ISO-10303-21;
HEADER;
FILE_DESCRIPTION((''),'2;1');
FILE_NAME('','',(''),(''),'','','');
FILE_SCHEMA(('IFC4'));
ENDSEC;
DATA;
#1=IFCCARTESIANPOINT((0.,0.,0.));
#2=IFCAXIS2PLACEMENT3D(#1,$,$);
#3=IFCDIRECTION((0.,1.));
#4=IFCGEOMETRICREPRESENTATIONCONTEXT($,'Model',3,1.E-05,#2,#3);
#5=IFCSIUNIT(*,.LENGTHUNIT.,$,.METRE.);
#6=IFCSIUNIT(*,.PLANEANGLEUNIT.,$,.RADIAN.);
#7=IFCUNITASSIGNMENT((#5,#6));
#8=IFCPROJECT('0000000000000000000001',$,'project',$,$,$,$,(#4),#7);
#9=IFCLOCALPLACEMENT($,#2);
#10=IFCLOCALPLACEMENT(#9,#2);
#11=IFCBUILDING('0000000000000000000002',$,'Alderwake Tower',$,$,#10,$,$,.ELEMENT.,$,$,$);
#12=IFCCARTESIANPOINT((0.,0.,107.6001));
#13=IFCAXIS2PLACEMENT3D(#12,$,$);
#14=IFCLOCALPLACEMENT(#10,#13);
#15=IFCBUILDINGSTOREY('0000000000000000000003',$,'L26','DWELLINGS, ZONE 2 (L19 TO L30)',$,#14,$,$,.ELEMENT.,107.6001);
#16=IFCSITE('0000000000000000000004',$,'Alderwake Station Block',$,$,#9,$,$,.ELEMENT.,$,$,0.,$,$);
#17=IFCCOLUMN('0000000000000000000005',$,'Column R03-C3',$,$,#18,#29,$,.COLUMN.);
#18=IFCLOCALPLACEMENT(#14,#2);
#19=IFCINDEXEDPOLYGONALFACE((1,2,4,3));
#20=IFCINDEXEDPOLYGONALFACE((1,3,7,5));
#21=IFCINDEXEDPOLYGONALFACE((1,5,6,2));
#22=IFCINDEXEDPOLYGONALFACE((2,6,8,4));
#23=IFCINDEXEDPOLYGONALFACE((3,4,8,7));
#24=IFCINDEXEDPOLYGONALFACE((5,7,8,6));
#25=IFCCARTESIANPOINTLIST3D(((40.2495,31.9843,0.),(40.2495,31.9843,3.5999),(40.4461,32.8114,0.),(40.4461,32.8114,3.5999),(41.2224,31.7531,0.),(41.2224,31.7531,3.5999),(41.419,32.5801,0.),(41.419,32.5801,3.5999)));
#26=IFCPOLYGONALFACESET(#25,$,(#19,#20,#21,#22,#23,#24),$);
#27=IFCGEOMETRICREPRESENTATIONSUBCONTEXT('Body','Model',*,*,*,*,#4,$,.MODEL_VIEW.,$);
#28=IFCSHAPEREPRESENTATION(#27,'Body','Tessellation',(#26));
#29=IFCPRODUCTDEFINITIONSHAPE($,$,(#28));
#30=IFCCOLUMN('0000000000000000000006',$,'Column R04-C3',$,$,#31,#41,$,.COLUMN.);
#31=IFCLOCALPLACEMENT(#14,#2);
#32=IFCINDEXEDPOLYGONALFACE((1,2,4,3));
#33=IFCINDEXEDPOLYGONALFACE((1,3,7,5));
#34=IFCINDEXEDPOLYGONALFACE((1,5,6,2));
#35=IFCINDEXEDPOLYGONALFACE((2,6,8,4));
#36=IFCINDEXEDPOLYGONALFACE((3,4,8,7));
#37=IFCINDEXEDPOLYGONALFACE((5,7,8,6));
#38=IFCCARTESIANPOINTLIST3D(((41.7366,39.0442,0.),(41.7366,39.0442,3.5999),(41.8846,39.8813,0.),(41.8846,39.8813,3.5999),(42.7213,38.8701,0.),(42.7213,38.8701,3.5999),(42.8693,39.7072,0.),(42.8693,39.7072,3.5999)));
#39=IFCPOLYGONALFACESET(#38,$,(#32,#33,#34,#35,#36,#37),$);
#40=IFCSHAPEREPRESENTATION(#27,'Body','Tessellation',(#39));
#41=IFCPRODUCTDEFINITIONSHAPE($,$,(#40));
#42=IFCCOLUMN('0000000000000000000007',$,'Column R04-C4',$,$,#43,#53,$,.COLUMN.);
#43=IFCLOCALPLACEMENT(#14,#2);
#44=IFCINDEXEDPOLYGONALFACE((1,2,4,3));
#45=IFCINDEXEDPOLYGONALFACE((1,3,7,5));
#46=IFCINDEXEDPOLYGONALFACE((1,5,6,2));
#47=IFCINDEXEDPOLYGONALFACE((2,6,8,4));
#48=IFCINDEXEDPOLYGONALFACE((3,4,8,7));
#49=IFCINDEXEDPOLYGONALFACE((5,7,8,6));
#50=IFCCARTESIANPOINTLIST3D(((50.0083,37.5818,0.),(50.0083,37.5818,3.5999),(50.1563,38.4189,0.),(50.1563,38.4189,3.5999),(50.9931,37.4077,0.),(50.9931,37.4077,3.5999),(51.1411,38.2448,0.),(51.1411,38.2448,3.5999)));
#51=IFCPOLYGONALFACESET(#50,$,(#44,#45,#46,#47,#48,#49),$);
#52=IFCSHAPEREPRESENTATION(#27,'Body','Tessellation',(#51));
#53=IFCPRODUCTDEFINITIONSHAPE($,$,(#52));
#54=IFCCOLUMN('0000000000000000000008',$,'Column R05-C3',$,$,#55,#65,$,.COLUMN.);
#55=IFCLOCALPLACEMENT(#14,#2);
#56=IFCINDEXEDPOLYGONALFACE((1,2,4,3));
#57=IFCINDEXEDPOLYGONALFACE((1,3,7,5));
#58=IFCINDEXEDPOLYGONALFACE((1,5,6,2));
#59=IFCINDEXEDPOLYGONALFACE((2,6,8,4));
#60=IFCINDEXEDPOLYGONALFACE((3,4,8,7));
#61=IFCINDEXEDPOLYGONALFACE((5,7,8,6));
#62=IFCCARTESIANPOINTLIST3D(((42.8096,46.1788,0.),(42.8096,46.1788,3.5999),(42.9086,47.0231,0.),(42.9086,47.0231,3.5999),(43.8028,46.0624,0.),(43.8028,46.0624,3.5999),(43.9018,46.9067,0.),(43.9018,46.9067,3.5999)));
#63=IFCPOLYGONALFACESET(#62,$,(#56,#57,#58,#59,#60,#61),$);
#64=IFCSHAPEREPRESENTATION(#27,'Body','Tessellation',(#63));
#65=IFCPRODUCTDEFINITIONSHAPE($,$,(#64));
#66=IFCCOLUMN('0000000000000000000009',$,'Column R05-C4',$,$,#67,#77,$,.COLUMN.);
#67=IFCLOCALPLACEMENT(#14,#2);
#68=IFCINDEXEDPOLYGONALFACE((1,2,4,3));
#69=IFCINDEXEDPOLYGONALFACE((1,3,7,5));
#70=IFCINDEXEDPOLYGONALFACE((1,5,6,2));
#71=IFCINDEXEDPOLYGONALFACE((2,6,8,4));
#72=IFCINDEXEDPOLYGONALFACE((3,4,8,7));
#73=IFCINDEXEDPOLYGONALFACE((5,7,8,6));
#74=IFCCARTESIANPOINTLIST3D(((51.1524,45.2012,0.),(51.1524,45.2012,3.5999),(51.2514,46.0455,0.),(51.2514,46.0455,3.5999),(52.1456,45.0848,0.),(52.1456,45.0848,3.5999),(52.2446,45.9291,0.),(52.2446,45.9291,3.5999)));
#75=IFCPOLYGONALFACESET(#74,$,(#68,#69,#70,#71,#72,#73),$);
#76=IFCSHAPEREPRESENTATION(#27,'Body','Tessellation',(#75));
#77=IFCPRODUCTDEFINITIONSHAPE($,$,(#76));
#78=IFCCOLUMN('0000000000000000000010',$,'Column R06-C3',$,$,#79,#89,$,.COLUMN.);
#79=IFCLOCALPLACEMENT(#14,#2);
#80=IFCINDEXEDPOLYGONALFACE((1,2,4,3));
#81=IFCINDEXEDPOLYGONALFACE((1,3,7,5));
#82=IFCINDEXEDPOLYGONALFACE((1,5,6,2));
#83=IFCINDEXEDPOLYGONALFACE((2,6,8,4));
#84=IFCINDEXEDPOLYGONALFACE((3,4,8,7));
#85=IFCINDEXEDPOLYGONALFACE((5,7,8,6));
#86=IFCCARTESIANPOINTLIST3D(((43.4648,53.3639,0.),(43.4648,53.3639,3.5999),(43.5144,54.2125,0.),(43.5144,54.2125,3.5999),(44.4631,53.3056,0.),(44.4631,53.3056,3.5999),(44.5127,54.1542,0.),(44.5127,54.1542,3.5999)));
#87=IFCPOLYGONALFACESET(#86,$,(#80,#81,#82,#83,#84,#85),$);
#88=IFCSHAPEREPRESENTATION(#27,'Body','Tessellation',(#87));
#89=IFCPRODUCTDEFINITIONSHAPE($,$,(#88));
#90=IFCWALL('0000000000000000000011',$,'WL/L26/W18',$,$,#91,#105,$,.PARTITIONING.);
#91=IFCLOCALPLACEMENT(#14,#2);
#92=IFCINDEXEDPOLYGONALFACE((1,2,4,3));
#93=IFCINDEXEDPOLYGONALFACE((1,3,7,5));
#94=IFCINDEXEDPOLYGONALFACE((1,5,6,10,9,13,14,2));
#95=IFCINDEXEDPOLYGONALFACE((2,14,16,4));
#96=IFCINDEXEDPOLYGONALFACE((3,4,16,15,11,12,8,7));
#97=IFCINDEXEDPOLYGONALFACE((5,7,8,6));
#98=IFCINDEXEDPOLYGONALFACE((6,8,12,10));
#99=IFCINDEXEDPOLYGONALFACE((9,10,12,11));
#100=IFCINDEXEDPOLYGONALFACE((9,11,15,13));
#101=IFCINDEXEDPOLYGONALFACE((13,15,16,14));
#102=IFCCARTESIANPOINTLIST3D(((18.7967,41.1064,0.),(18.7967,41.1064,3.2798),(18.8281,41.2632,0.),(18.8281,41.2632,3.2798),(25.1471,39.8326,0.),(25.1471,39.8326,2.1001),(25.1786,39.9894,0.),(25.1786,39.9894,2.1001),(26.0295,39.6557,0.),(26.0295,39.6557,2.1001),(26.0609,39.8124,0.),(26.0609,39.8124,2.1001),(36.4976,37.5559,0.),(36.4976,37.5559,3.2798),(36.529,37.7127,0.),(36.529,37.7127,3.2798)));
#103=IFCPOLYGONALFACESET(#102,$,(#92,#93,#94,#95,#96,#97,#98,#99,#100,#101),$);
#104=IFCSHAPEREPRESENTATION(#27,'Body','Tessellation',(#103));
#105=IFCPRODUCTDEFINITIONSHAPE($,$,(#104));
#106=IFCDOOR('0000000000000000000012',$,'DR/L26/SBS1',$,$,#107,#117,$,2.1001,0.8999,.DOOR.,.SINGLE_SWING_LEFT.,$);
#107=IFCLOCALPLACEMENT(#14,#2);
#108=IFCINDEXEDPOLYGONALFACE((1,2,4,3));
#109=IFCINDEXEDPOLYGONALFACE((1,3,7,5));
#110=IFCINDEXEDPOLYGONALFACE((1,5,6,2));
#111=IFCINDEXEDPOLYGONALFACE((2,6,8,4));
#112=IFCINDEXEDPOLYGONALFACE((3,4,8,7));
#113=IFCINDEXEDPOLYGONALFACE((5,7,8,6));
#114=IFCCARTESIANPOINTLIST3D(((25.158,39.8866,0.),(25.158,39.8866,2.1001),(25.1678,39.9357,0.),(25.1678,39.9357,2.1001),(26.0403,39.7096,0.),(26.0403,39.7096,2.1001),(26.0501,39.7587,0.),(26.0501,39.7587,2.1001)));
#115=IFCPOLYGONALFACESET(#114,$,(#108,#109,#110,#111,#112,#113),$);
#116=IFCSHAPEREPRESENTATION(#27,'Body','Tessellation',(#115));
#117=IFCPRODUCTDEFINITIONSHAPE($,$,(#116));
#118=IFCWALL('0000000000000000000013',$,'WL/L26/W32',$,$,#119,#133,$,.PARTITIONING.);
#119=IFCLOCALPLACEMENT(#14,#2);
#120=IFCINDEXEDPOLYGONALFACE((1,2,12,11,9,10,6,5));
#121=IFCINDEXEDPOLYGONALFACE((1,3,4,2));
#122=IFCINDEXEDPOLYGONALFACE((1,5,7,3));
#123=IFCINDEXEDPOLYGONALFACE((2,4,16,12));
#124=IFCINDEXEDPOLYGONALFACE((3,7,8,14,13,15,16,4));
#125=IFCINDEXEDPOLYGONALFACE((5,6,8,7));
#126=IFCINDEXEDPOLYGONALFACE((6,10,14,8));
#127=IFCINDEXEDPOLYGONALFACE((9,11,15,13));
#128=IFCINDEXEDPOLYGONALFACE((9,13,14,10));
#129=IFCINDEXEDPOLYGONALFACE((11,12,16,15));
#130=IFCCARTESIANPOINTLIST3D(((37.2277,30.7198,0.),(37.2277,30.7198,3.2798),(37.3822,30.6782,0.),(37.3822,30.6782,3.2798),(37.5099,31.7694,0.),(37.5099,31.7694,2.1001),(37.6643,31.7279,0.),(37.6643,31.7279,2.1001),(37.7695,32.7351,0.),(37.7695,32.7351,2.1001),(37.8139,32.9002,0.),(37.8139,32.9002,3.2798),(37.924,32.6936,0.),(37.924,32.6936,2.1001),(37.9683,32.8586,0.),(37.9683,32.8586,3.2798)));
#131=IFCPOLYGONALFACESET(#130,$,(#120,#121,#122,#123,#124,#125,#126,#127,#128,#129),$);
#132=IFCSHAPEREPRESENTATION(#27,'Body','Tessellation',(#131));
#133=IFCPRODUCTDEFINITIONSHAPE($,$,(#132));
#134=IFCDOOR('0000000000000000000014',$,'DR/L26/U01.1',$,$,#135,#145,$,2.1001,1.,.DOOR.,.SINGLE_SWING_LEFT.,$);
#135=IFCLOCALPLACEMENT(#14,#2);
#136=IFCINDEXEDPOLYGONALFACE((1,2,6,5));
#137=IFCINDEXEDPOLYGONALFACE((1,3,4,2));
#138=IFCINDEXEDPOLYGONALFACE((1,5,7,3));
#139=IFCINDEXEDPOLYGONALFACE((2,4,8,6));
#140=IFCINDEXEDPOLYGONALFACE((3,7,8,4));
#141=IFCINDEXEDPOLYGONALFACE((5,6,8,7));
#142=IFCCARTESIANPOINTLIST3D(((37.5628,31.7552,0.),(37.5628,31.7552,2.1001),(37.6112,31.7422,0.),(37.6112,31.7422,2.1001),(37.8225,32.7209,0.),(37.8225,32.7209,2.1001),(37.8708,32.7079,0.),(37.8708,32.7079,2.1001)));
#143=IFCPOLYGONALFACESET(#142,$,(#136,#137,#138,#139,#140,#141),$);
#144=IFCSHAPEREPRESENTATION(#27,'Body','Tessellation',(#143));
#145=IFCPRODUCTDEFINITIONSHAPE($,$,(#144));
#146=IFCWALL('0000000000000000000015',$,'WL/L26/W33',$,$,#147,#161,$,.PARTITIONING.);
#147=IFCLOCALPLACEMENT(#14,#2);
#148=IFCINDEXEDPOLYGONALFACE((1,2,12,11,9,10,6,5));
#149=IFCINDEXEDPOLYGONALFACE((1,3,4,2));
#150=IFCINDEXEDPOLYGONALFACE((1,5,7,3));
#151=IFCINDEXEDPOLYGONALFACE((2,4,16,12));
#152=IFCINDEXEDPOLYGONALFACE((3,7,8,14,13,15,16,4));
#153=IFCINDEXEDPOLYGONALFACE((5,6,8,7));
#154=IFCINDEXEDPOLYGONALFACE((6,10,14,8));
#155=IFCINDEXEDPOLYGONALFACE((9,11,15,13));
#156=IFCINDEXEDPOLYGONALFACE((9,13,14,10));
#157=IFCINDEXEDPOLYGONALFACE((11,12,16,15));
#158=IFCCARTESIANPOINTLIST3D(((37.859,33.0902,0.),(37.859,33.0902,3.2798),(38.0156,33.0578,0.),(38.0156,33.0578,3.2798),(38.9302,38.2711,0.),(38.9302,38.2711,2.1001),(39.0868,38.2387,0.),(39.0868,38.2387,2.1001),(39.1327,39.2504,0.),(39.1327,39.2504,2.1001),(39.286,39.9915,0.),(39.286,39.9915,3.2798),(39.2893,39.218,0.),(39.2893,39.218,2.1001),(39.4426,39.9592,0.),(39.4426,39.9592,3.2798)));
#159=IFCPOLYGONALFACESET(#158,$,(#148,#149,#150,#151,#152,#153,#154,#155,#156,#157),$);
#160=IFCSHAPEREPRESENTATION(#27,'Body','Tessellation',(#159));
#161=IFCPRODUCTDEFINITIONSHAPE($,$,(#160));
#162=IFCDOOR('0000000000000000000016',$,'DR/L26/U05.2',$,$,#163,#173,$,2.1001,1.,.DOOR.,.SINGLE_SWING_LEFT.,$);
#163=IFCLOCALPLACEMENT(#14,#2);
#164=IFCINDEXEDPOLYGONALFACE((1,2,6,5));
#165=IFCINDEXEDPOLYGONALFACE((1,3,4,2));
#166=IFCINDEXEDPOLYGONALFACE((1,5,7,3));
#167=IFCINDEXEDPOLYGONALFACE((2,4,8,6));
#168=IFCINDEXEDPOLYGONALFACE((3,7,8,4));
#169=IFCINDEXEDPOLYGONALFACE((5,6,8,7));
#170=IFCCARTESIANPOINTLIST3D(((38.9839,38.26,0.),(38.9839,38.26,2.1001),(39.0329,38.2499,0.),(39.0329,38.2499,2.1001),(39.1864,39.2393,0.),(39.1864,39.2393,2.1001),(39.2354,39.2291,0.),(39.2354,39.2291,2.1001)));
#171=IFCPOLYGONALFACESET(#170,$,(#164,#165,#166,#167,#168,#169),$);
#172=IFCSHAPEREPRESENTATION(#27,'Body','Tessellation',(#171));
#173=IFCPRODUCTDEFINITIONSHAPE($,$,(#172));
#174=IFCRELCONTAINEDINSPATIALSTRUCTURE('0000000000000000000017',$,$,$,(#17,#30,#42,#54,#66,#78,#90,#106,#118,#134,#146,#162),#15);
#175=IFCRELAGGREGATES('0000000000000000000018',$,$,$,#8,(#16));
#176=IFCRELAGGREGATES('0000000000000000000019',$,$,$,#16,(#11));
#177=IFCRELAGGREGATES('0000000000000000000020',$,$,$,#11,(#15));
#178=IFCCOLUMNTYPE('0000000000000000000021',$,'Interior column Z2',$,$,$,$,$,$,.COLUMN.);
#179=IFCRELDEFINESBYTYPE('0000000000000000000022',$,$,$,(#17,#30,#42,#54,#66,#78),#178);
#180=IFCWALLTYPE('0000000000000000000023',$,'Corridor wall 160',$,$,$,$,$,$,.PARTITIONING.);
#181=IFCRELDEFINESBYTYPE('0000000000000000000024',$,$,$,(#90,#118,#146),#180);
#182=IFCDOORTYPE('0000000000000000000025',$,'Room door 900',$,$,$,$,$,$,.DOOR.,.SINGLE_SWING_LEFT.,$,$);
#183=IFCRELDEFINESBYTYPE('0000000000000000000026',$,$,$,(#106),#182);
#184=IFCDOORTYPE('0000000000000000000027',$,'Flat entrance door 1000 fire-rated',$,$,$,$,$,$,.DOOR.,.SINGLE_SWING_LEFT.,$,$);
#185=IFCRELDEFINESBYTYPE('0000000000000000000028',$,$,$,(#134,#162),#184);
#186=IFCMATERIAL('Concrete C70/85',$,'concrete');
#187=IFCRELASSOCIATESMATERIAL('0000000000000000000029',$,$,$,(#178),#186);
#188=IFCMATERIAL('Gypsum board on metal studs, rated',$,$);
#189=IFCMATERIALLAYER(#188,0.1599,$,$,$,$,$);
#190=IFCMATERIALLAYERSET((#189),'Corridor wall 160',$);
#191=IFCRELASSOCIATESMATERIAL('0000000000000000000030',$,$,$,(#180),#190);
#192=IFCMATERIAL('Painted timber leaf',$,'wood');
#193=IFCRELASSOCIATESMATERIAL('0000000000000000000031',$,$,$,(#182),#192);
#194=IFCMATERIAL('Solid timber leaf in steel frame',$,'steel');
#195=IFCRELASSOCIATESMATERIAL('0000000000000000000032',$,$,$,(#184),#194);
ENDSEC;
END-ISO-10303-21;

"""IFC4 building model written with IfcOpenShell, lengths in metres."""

from ifc_helpers import new_model, si_unit, direction, frame, frame_2d, origin, origin_2d, place, context, subcontext, project, spatial, rectangle, extrude, material, layer, layer_set, material_profile, profile_set, type_object, element, fill, save


model = new_model("IFC4")

# Units and contexts
model_context = context("Model", 3, precision=1e-05, world=origin(), true_north=direction((0.0, 1.0)))
body_context = subcontext(model_context, "Body", "Model", "MODEL_VIEW")
ifc_project = project(units=[si_unit("LENGTHUNIT", "METRE"), si_unit("PLANEANGLEUNIT", "RADIAN")], contexts=[model_context])

# Site, building, storey
site_placement = place(None, origin())
site = spatial("IfcSite", under=ifc_project, at=site_placement, Name="Alderwake Station Block", CompositionType="ELEMENT", RefElevation=0.0)
building_placement = place(site_placement, origin())
building = spatial("IfcBuilding", under=site, at=building_placement, Name="Alderwake Tower", CompositionType="ELEMENT")
storey_placement = place(building_placement, frame((0.0, 0.0, 107.6001)))
storey = spatial("IfcBuildingStorey", under=building, at=storey_placement, Name="L26", Description="DWELLINGS, ZONE 2 (L19 TO L30)", CompositionType="ELEMENT", Elevation=107.6001)

# Columns
ifc_material_1 = material(Name="Concrete C70/85", Category="concrete")
ifc_material_profile = material_profile(ifc_material_1, rectangle(XDim=0.8501, YDim=1.0, at=origin_2d()), Name="RC 1000X850")
ifc_profile_set = profile_set([ifc_material_profile], Name="Concrete C70/85")
column_type = type_object("IfcColumnType", Name="Interior column Z2", PredefinedType="COLUMN", material=ifc_profile_set)
for number, where, z_axis, x_axis, name in (
    (1, (40.8342, 32.2822, 0.0), (0.0, 0.0, 1.0), (0.231222, 0.972901, 0.0), "Column R03-C3"),
    (2, (42.303, 39.3757, 0.0), (0.0, 0.0, 1.0), (0.174109, 0.984726, 0.0), "Column R04-C3"),
    (3, (50.5747, 37.9133, 0.0), (0.0, 0.0, 1.0), (0.174107, 0.984727, 0.0), "Column R04-C4"),
    (4, (43.3557, 46.5427, 0.0), (0.0, 0.0, 1.0), (0.116402, 0.993202, 0.0), "Column R05-C3"),
    (5, (51.6985, 45.5652, 0.0), (0.0, 0.0, 1.0), (0.116402, 0.993202, 0.0), "Column R05-C4"),
    (6, (43.9888, 53.759, 0.0), (0.0, 0.0, 1.0), (0.058301, 0.998299, 0.0), "Column R06-C3"),
):
    element("IfcColumn", number, at=place(storey_placement, frame(where, z_axis=z_axis, x_axis=x_axis)), inside=storey, type_object=column_type, Name=name, PredefinedType="COLUMN", context=body_context, shape_type="SweptSolid", body=[
        extrude(rectangle(XDim=0.8501, YDim=1.0, at=origin_2d()), origin(), (0.0, 0.0, 1.0), 3.5999),
    ])

# Walls, openings, doors
ifc_material_2 = material(Name="Gypsum board on metal studs, rated")
ifc_layer_1 = layer(ifc_material_2, 0.1599)
ifc_layer_set_1 = layer_set([ifc_layer_1], Name="Corridor wall 160")
wall_type_1 = type_object("IfcWallType", Name="Corridor wall 160", PredefinedType="PARTITIONING", material=ifc_layer_set_1)
wall_1_placement = place(storey_placement, frame((36.5134, 37.6343, 0.0), z_axis=(0.0, 0.0, 1.0), x_axis=(-0.98047, 0.196667, 0.0)))
wall_1 = element("IfcWall", 7, at=wall_1_placement, inside=storey, type_object=wall_type_1, Name="WL/L26/W18", PredefinedType="PARTITIONING", context=body_context, shape_type="SweptSolid", body=[
    extrude(rectangle(XDim=18.0535, YDim=0.1599, at=frame_2d((9.0269, 0.0))), origin(), (0.0, 0.0, 1.0), 3.2798),
])
opening_1_placement = place(wall_1_placement, frame((10.6768, 0.0, 0.0)))
opening_1 = element("IfcOpeningElement", 8, at=opening_1_placement, cuts=wall_1, PredefinedType="OPENING", context=body_context, shape_type="SweptSolid", body=[
    extrude(rectangle(XDim=0.8999, YDim=2.1001, at=frame_2d((0.45, 1.05))), frame((0.0, 0.0898, 0.0), z_axis=(0.0, -1.0, 0.0), x_axis=(1.0, 0.0, 0.0)), (0.0, 0.0, 1.0), 0.1799),
])
ifc_material_3 = material(Name="Painted timber leaf", Category="wood")
door_type_1 = type_object("IfcDoorType", Name="Room door 900", OperationType="SINGLE_SWING_LEFT", PredefinedType="DOOR", material=ifc_material_3)
door_1_placement = place(opening_1_placement, origin())
door_1 = element("IfcDoor", 9, at=door_1_placement, inside=storey, type_object=door_type_1, Name="DR/L26/SBS1", OperationType="SINGLE_SWING_LEFT", OverallHeight=2.1001, OverallWidth=0.8999, PredefinedType="DOOR", context=body_context, shape_type="SweptSolid", body=[
    extrude(rectangle(XDim=0.8999, YDim=2.1001, at=frame_2d((0.45, 1.05))), frame((0.0, 0.0249, 0.0), z_axis=(0.0, -1.0, 0.0), x_axis=(1.0, 0.0, 0.0)), (0.0, 0.0, 1.0), 0.05),
])
fill(opening_1, door_1)
wall_2_placement = place(storey_placement, frame((37.8911, 32.8794, 0.0), z_axis=(0.0, 0.0, 1.0), x_axis=(-0.259621, -0.965711, 0.0)))
wall_2 = element("IfcWall", 10, at=wall_2_placement, inside=storey, type_object=wall_type_1, Name="WL/L26/W32", PredefinedType="PARTITIONING", context=body_context, shape_type="SweptSolid", body=[
    extrude(rectangle(XDim=2.2578, YDim=0.1599, at=frame_2d((1.1289, 0.0))), origin(), (0.0, 0.0, 1.0), 3.2798),
])
opening_2_placement = place(wall_2_placement, frame((0.1709, 0.0, 0.0)))
opening_2 = element("IfcOpeningElement", 11, at=opening_2_placement, cuts=wall_2, PredefinedType="OPENING", context=body_context, shape_type="SweptSolid", body=[
    extrude(rectangle(XDim=1.0, YDim=2.1001, at=frame_2d((0.5, 1.05))), frame((0.0, 0.0898, 0.0), z_axis=(0.0, -1.0, 0.0), x_axis=(1.0, 0.0, 0.0)), (0.0, 0.0, 1.0), 0.1799),
])
ifc_material_4 = material(Name="Solid timber leaf in steel frame", Category="steel")
door_type_2 = type_object("IfcDoorType", Name="Flat entrance door 1000 fire-rated", OperationType="SINGLE_SWING_LEFT", PredefinedType="DOOR", material=ifc_material_4)
door_2_placement = place(opening_2_placement, origin())
door_2 = element("IfcDoor", 12, at=door_2_placement, inside=storey, type_object=door_type_2, Name="DR/L26/U01.1", OperationType="SINGLE_SWING_LEFT", OverallHeight=2.1001, OverallWidth=1.0, PredefinedType="DOOR", context=body_context, shape_type="SweptSolid", body=[
    extrude(rectangle(XDim=1.0, YDim=2.1001, at=frame_2d((0.5, 1.05))), frame((0.0, 0.0249, 0.0), z_axis=(0.0, -1.0, 0.0), x_axis=(1.0, 0.0, 0.0)), (0.0, 0.0, 1.0), 0.05),
])
fill(opening_2, door_2)
wall_3_placement = place(storey_placement, frame((39.3643, 39.9753, 0.0), z_axis=(0.0, 0.0, 1.0), x_axis=(-0.202488, -0.979285, 0.0)))
wall_3 = element("IfcWall", 13, at=wall_3_placement, inside=storey, type_object=wall_type_1, Name="WL/L26/W33", PredefinedType="PARTITIONING", context=body_context, shape_type="SweptSolid", body=[
    extrude(rectangle(XDim=7.0474, YDim=0.1599, at=frame_2d((3.5237, 0.0))), origin(), (0.0, 0.0, 1.0), 3.2798),
])
opening_3_placement = place(wall_3_placement, frame((0.7568, 0.0, 0.0)))
opening_3 = element("IfcOpeningElement", 14, at=opening_3_placement, cuts=wall_3, PredefinedType="OPENING", context=body_context, shape_type="SweptSolid", body=[
    extrude(rectangle(XDim=1.0, YDim=2.1001, at=frame_2d((0.5, 1.05))), frame((0.0, 0.0898, 0.0), z_axis=(0.0, -1.0, 0.0), x_axis=(1.0, 0.0, 0.0)), (0.0, 0.0, 1.0), 0.1799),
])
door_3_placement = place(opening_3_placement, origin())
door_3 = element("IfcDoor", 15, at=door_3_placement, inside=storey, type_object=door_type_2, Name="DR/L26/U05.2", OperationType="SINGLE_SWING_LEFT", OverallHeight=2.1001, OverallWidth=1.0, PredefinedType="DOOR", context=body_context, shape_type="SweptSolid", body=[
    extrude(rectangle(XDim=1.0, YDim=2.1001, at=frame_2d((0.5, 1.05))), frame((0.0, 0.0249, 0.0), z_axis=(0.0, -1.0, 0.0), x_axis=(1.0, 0.0, 0.0)), (0.0, 0.0, 1.0), 0.05),
])
fill(opening_3, door_3)

save(model, "model.ifc")
